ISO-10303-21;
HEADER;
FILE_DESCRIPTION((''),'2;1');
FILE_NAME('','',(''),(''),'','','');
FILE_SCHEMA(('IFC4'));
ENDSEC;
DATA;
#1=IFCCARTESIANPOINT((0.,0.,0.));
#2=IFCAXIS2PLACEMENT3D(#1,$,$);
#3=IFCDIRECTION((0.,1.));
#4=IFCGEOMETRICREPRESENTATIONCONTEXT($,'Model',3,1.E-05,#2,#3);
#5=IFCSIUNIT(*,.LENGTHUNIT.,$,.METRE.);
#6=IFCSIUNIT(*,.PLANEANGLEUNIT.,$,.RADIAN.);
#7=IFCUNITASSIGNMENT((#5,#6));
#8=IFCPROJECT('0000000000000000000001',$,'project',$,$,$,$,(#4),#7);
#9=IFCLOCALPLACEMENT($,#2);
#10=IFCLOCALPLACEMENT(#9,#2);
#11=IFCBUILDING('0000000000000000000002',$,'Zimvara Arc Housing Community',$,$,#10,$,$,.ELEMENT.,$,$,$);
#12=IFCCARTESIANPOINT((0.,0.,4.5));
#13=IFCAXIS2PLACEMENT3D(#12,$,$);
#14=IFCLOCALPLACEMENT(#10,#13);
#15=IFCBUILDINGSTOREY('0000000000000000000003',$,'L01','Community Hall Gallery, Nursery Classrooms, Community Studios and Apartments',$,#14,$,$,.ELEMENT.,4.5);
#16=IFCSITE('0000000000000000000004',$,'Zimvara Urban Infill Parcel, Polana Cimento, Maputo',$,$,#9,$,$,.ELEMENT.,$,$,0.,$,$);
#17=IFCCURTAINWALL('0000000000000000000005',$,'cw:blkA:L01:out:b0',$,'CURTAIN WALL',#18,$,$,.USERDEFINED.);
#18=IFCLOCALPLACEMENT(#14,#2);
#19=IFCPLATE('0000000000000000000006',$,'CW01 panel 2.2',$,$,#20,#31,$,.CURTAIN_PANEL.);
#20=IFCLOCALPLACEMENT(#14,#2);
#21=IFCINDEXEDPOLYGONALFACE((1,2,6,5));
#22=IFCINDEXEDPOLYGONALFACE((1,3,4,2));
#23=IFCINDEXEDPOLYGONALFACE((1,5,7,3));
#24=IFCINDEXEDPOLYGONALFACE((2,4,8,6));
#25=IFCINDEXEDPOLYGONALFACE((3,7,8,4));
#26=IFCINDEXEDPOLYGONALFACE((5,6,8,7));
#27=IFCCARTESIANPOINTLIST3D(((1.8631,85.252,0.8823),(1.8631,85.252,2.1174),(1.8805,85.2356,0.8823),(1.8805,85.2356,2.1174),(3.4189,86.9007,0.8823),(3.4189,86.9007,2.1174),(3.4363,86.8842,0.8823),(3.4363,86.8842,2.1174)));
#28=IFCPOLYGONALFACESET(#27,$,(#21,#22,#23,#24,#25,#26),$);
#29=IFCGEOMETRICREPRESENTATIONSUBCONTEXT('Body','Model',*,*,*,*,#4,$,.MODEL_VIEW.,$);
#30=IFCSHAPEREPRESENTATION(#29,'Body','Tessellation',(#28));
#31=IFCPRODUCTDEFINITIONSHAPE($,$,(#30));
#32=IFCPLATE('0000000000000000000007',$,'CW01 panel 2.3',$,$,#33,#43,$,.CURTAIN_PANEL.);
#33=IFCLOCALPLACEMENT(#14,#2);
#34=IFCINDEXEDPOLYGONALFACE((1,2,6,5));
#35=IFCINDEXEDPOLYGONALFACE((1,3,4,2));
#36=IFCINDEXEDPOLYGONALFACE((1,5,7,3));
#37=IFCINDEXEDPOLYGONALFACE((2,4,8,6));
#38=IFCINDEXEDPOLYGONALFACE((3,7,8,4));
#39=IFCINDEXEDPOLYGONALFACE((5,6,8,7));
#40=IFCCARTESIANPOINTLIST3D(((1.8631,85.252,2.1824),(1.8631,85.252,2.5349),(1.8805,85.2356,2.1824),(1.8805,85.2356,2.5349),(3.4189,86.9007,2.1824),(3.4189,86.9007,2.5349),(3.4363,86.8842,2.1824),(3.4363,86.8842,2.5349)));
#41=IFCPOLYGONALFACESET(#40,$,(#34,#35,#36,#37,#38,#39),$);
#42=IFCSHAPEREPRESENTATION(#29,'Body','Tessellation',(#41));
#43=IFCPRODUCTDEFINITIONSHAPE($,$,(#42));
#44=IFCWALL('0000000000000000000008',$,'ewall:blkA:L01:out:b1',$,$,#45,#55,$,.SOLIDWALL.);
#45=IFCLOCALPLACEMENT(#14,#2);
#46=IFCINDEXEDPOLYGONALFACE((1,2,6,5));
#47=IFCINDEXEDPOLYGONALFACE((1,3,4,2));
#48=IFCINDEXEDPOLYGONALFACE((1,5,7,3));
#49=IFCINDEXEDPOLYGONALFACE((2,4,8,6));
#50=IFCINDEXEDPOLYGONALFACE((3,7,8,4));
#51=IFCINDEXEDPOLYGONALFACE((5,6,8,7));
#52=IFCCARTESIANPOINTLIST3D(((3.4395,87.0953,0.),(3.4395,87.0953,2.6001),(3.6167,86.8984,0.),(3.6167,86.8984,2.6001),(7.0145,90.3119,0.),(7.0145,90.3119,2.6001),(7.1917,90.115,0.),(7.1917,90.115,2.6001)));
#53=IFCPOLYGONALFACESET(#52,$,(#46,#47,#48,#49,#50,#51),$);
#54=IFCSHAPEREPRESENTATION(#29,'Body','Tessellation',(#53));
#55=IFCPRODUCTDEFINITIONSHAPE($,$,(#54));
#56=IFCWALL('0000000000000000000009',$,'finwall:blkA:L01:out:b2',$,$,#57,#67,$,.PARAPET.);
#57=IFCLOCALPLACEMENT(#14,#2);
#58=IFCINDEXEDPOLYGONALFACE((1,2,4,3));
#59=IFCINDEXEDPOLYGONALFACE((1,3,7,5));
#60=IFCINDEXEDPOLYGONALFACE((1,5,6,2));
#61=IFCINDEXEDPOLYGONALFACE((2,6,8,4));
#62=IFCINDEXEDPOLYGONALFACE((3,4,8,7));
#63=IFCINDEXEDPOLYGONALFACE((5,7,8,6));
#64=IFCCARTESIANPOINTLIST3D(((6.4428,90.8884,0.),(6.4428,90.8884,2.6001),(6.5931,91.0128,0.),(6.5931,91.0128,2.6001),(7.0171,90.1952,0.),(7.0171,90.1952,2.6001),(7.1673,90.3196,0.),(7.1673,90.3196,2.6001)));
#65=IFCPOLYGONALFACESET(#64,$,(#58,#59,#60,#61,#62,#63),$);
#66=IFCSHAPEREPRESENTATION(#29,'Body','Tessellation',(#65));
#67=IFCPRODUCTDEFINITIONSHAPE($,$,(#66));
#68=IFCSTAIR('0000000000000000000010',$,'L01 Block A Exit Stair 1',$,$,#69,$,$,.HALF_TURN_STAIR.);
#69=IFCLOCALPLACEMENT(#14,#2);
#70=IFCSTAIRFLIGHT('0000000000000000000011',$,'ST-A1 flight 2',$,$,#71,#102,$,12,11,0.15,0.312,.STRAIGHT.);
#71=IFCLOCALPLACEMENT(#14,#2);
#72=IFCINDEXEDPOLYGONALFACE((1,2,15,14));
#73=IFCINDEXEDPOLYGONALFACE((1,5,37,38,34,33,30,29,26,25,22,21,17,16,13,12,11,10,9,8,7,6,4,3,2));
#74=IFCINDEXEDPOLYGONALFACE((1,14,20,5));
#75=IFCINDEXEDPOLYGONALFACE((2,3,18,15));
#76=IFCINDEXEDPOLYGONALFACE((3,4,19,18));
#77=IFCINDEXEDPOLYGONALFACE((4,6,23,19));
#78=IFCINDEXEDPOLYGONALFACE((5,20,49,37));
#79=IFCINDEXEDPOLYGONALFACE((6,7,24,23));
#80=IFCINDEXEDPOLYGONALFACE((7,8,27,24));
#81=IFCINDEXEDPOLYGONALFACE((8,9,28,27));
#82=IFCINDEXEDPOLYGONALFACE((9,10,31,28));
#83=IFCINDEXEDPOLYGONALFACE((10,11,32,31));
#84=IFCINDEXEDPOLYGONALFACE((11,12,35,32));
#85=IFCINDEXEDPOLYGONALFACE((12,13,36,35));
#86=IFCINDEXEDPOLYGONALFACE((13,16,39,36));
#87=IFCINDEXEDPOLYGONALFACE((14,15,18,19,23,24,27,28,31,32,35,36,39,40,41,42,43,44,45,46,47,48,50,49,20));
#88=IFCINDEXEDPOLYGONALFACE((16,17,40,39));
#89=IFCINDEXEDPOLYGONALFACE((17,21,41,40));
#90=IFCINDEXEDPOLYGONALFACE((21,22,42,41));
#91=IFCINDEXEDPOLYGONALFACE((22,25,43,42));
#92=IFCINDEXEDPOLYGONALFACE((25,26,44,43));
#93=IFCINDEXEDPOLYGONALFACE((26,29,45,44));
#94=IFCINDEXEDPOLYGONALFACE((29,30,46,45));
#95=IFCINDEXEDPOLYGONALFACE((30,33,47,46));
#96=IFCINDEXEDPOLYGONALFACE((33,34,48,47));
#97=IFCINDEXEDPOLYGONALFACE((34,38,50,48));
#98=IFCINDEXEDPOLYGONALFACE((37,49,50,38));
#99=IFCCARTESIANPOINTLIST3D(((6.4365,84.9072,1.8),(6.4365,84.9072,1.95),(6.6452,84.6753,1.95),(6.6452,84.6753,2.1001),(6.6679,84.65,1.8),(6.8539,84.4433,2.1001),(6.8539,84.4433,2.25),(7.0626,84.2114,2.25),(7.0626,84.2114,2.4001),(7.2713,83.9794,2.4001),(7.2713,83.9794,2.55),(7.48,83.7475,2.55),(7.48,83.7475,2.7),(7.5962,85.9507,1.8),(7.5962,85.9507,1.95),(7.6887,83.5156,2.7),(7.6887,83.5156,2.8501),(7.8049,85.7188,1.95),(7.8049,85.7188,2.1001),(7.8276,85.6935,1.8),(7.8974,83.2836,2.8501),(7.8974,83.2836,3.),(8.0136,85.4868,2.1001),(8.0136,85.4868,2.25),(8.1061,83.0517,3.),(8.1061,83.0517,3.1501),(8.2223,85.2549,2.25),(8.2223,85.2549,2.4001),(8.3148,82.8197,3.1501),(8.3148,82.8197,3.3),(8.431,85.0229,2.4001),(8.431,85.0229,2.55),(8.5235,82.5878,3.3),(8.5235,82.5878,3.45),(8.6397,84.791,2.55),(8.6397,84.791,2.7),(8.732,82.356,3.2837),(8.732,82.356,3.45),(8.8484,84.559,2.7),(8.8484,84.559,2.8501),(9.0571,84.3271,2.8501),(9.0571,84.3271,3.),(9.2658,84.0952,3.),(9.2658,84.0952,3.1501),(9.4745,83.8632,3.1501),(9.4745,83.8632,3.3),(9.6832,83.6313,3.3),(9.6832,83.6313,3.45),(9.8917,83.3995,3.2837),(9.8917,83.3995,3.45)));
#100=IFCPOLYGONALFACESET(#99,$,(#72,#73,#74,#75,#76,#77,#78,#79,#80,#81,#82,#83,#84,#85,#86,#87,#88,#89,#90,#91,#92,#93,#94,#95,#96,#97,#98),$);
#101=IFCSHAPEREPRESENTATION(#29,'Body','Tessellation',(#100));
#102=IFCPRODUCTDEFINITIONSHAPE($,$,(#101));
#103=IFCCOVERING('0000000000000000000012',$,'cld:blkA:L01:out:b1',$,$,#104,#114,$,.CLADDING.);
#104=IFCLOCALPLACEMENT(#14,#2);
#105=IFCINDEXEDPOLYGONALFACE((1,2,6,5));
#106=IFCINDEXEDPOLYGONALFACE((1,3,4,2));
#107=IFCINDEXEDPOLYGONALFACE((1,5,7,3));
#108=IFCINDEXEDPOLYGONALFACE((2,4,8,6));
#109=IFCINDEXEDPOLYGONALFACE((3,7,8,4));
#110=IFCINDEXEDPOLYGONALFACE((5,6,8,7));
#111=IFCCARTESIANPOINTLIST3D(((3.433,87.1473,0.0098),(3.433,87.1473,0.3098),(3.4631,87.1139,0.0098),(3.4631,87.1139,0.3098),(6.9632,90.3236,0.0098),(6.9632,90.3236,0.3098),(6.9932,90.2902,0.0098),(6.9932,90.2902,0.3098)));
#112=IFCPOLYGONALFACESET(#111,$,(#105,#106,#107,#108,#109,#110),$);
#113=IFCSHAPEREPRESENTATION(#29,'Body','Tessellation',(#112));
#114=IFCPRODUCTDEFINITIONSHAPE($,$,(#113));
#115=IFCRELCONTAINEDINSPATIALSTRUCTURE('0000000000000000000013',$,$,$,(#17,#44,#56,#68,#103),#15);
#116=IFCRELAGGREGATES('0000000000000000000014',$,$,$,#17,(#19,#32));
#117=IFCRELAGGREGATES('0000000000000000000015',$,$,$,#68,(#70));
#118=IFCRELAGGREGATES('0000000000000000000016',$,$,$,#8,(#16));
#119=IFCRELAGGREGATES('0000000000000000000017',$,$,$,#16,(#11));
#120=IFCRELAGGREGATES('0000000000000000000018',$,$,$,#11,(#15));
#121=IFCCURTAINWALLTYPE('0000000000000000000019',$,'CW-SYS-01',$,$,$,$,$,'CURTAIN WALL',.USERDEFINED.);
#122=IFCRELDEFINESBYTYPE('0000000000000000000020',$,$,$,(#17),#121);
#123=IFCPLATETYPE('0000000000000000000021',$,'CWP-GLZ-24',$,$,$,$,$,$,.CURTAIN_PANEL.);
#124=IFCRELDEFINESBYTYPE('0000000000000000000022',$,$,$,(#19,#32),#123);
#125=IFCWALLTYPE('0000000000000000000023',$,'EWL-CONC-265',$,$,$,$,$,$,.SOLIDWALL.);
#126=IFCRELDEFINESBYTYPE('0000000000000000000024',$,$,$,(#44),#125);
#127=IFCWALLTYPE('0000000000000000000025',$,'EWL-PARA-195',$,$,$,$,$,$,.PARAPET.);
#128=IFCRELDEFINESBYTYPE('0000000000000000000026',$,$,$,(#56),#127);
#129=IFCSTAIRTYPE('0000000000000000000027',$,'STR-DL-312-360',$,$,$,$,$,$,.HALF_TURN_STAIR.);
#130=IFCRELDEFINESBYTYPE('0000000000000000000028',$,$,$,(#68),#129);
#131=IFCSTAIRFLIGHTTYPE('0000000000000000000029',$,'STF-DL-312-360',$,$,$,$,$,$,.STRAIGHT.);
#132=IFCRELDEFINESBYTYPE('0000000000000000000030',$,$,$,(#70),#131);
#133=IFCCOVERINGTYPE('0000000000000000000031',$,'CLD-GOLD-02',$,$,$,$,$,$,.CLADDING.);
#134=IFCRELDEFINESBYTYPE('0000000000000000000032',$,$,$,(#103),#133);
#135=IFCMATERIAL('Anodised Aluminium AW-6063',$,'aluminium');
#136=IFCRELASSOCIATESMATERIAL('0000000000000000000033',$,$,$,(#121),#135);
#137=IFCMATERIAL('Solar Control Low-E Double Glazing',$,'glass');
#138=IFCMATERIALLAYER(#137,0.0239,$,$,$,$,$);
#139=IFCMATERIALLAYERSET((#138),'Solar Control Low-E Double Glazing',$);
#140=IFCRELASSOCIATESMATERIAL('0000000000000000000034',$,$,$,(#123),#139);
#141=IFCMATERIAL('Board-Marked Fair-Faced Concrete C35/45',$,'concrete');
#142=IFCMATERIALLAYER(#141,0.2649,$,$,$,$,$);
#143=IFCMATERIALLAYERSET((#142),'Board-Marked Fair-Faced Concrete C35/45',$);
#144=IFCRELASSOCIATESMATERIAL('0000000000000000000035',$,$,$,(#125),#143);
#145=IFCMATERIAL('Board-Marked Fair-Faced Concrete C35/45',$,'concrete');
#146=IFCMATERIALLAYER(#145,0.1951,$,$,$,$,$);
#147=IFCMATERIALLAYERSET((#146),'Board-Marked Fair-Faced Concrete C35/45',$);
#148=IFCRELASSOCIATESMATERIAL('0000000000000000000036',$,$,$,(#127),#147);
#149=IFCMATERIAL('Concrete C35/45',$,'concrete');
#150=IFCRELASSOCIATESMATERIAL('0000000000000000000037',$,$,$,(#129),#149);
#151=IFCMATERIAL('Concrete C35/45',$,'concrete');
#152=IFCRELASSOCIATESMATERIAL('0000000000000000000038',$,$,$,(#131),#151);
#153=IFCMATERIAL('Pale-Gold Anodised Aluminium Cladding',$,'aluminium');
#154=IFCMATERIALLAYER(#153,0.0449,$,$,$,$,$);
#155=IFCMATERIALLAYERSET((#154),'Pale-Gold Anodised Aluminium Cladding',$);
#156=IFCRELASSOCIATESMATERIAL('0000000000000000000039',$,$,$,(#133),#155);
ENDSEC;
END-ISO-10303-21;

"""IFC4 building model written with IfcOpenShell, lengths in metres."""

from ifc_helpers import new_model, si_unit, direction, frame, frame_2d, origin, origin_2d, place, context, subcontext, project, spatial, polyline, rectangle, outline, extrude, material, layer, layer_set, type_object, element, aggregate, save


model = new_model("IFC4")

# Units and contexts
model_context = context("Model", 3, precision=1e-05, world=origin(), true_north=direction((0.0, 1.0)))
body_context = subcontext(model_context, "Body", "Model", "MODEL_VIEW")
ifc_project = project(units=[si_unit("LENGTHUNIT", "METRE"), si_unit("PLANEANGLEUNIT", "RADIAN")], contexts=[model_context])

# Site, building, storey
site_placement = place(None, origin())
site = spatial("IfcSite", under=ifc_project, at=site_placement, Name="Zimvara Urban Infill Parcel, Polana Cimento, Maputo", CompositionType="ELEMENT", RefElevation=0.0)
building_placement = place(site_placement, origin())
building = spatial("IfcBuilding", under=site, at=building_placement, Name="Zimvara Arc Housing Community", CompositionType="ELEMENT")
storey_placement = place(building_placement, frame((0.0, 0.0, 4.5)))
storey = spatial("IfcBuildingStorey", under=building, at=storey_placement, Name="L01", Description="Community Hall Gallery, Nursery Classrooms, Community Studios and Apartments", CompositionType="ELEMENT", Elevation=4.5)

# Curtain wall
ifc_material_1 = material(Name="Anodised Aluminium AW-6063", Category="aluminium")
curtain_wall_type_1 = type_object("IfcCurtainWallType", Name="CW-SYS-01", ElementType="CURTAIN WALL", PredefinedType="USERDEFINED", material=ifc_material_1)
curtain_wall_1_placement = place(storey_placement, origin())
curtain_wall_1 = element("IfcCurtainWall", 1, at=curtain_wall_1_placement, inside=storey, type_object=curtain_wall_type_1, Name="cw:blkA:L01:out:b0", ObjectType="CURTAIN WALL", PredefinedType="USERDEFINED")

# Plates
ifc_material_2 = material(Name="Solar Control Low-E Double Glazing", Category="glass")
ifc_layer_1 = layer(ifc_material_2, 0.0239)
ifc_layer_set_1 = layer_set([ifc_layer_1], Name="Solar Control Low-E Double Glazing")
plate_type = type_object("IfcPlateType", Name="CWP-GLZ-24", PredefinedType="CURTAIN_PANEL", material=ifc_layer_set_1)
plate_1_placement = place(storey_placement, frame((2.6497, 86.0681, 0.8823), z_axis=(0.0, 0.0, 1.0), x_axis=(0.686326, 0.727294, 0.0)))
plate_1 = element("IfcPlate", 2, at=plate_1_placement, type_object=plate_type, Name="CW01 panel 2.2", PredefinedType="CURTAIN_PANEL", context=body_context, shape_type="SweptSolid", body=[
    extrude(rectangle(XDim=2.2668, YDim=0.0239, at=origin_2d()), origin(), (0.0, 0.0, 1.0), 1.2351),
])
plate_2_placement = place(storey_placement, frame((2.6497, 86.0681, 2.1824), z_axis=(0.0, 0.0, 1.0), x_axis=(0.686326, 0.727294, 0.0)))
plate_2 = element("IfcPlate", 3, at=plate_2_placement, type_object=plate_type, Name="CW01 panel 2.3", PredefinedType="CURTAIN_PANEL", context=body_context, shape_type="SweptSolid", body=[
    extrude(rectangle(XDim=2.2668, YDim=0.0239, at=origin_2d()), origin(), (0.0, 0.0, 1.0), 0.3525),
])
aggregate(curtain_wall_1, [plate_1, plate_2])

# Walls
ifc_material_3 = material(Name="Board-Marked Fair-Faced Concrete C35/45", Category="concrete")
ifc_layer_2 = layer(ifc_material_3, 0.2649)
ifc_layer_set_2 = layer_set([ifc_layer_2], Name="Board-Marked Fair-Faced Concrete C35/45")
wall_type_1 = type_object("IfcWallType", Name="EWL-CONC-265", PredefinedType="SOLIDWALL", material=ifc_layer_set_2)
wall_1_placement = place(storey_placement, frame((3.5281, 86.9968, 0.0), z_axis=(0.0, 0.0, 1.0), x_axis=(0.743388, 0.668861, 0.0)))
element("IfcWall", 4, at=wall_1_placement, inside=storey, type_object=wall_type_1, Name="ewall:blkA:L01:out:b1", PredefinedType="SOLIDWALL", context=body_context, shape_type="SweptSolid", body=[
    extrude(rectangle(XDim=4.8091, YDim=0.2649, at=frame_2d((2.4045, 0.0))), origin(), (0.0, 0.0, 1.0), 2.6001),
])
ifc_material_4 = material(Name="Board-Marked Fair-Faced Concrete C35/45", Category="concrete")
ifc_layer_3 = layer(ifc_material_4, 0.1951)
ifc_layer_set_3 = layer_set([ifc_layer_3], Name="Board-Marked Fair-Faced Concrete C35/45")
wall_type_2 = type_object("IfcWallType", Name="EWL-PARA-195", PredefinedType="PARAPET", material=ifc_layer_set_3)
wall_2_placement = place(storey_placement, frame((7.0923, 90.2573, 0.0), z_axis=(0.0, 0.0, 1.0), x_axis=(-0.637967, 0.770063, 0.0)))
element("IfcWall", 5, at=wall_2_placement, inside=storey, type_object=wall_type_2, Name="finwall:blkA:L01:out:b2", PredefinedType="PARAPET", context=body_context, shape_type="SweptSolid", body=[
    extrude(rectangle(XDim=0.9001, YDim=0.1951, at=frame_2d((0.4502, 0.0))), origin(), (0.0, 0.0, 1.0), 2.6001),
])

# Stair, stair flight
ifc_material_5 = material(Name="Concrete C35/45", Category="concrete")
stair_type = type_object("IfcStairType", Name="STR-DL-312-360", PredefinedType="HALF_TURN_STAIR", material=ifc_material_5)
stair_placement = place(storey_placement, origin())
stair = element("IfcStair", 6, at=stair_placement, inside=storey, type_object=stair_type, Name="L01 Block A Exit Stair 1", PredefinedType="HALF_TURN_STAIR")
ifc_material_6 = material(Name="Concrete C35/45", Category="concrete")
stair_flight_type = type_object("IfcStairFlightType", Name="STF-DL-312-360", PredefinedType="STRAIGHT", material=ifc_material_6)
stair_flight_placement = place(storey_placement, frame((7.0164, 85.429, 1.8), z_axis=(0.0, 0.0, 1.0), x_axis=(0.668871, -0.743378, 0.0)))
stair_flight = element("IfcStairFlight", 7, at=stair_flight_placement, type_object=stair_flight_type, Name="ST-A1 flight 2", NumberOfRisers=12, NumberOfTreads=11, PredefinedType="STRAIGHT", RiserHeight=0.15, TreadLength=0.312, context=body_context, shape_type="SweptSolid", body=[
    extrude(outline(polyline([(0.0, 0.0), (0.0, 0.1499), (0.312, 0.1499), (0.312, 0.3), (0.624, 0.3), (0.624, 0.45), (0.936, 0.45), (0.936, 0.6001), (1.248, 0.6001), (1.248, 0.75), (1.5601, 0.75), (1.5601, 0.8999), (1.8721, 0.8999), (1.8721, 1.05), (2.1841, 1.05), (2.1841, 1.2), (2.4961, 1.2), (2.4961, 1.3501), (2.8081, 1.3501), (2.8081, 1.5), (3.1201, 1.5), (3.1201, 1.6499), (3.4319, 1.6499), (3.4319, 1.8), (3.4319, 1.4836), (0.3459, 0.0), (0.0, 0.0)])), frame((0.0, 0.78, 0.0), z_axis=(0.0, -1.0, 0.0), x_axis=(1.0, 0.0, 0.0)), (0.0, 0.0, 1.0), 1.5601),
])
aggregate(stair, [stair_flight])

# Covering
ifc_material_7 = material(Name="Pale-Gold Anodised Aluminium Cladding", Category="aluminium")
ifc_layer_4 = layer(ifc_material_7, 0.0449)
ifc_layer_set_4 = layer_set([ifc_layer_4], Name="Pale-Gold Anodised Aluminium Cladding")
covering_type = type_object("IfcCoveringType", Name="CLD-GOLD-02", PredefinedType="CLADDING", material=ifc_layer_set_4)
covering_placement = place(storey_placement, frame((5.2131, 88.7188, 0.0098), z_axis=(0.0, 0.0, 1.0), x_axis=(0.743377, 0.668872, 0.0)))
element("IfcCovering", 8, at=covering_placement, inside=storey, type_object=covering_type, Name="cld:blkA:L01:out:b1", PredefinedType="CLADDING", context=body_context, shape_type="SweptSolid", body=[
    extrude(rectangle(XDim=4.7488, YDim=0.0449, at=origin_2d()), origin(), (0.0, 0.0, 1.0), 0.3),
])

save(model, "model.ifc")
